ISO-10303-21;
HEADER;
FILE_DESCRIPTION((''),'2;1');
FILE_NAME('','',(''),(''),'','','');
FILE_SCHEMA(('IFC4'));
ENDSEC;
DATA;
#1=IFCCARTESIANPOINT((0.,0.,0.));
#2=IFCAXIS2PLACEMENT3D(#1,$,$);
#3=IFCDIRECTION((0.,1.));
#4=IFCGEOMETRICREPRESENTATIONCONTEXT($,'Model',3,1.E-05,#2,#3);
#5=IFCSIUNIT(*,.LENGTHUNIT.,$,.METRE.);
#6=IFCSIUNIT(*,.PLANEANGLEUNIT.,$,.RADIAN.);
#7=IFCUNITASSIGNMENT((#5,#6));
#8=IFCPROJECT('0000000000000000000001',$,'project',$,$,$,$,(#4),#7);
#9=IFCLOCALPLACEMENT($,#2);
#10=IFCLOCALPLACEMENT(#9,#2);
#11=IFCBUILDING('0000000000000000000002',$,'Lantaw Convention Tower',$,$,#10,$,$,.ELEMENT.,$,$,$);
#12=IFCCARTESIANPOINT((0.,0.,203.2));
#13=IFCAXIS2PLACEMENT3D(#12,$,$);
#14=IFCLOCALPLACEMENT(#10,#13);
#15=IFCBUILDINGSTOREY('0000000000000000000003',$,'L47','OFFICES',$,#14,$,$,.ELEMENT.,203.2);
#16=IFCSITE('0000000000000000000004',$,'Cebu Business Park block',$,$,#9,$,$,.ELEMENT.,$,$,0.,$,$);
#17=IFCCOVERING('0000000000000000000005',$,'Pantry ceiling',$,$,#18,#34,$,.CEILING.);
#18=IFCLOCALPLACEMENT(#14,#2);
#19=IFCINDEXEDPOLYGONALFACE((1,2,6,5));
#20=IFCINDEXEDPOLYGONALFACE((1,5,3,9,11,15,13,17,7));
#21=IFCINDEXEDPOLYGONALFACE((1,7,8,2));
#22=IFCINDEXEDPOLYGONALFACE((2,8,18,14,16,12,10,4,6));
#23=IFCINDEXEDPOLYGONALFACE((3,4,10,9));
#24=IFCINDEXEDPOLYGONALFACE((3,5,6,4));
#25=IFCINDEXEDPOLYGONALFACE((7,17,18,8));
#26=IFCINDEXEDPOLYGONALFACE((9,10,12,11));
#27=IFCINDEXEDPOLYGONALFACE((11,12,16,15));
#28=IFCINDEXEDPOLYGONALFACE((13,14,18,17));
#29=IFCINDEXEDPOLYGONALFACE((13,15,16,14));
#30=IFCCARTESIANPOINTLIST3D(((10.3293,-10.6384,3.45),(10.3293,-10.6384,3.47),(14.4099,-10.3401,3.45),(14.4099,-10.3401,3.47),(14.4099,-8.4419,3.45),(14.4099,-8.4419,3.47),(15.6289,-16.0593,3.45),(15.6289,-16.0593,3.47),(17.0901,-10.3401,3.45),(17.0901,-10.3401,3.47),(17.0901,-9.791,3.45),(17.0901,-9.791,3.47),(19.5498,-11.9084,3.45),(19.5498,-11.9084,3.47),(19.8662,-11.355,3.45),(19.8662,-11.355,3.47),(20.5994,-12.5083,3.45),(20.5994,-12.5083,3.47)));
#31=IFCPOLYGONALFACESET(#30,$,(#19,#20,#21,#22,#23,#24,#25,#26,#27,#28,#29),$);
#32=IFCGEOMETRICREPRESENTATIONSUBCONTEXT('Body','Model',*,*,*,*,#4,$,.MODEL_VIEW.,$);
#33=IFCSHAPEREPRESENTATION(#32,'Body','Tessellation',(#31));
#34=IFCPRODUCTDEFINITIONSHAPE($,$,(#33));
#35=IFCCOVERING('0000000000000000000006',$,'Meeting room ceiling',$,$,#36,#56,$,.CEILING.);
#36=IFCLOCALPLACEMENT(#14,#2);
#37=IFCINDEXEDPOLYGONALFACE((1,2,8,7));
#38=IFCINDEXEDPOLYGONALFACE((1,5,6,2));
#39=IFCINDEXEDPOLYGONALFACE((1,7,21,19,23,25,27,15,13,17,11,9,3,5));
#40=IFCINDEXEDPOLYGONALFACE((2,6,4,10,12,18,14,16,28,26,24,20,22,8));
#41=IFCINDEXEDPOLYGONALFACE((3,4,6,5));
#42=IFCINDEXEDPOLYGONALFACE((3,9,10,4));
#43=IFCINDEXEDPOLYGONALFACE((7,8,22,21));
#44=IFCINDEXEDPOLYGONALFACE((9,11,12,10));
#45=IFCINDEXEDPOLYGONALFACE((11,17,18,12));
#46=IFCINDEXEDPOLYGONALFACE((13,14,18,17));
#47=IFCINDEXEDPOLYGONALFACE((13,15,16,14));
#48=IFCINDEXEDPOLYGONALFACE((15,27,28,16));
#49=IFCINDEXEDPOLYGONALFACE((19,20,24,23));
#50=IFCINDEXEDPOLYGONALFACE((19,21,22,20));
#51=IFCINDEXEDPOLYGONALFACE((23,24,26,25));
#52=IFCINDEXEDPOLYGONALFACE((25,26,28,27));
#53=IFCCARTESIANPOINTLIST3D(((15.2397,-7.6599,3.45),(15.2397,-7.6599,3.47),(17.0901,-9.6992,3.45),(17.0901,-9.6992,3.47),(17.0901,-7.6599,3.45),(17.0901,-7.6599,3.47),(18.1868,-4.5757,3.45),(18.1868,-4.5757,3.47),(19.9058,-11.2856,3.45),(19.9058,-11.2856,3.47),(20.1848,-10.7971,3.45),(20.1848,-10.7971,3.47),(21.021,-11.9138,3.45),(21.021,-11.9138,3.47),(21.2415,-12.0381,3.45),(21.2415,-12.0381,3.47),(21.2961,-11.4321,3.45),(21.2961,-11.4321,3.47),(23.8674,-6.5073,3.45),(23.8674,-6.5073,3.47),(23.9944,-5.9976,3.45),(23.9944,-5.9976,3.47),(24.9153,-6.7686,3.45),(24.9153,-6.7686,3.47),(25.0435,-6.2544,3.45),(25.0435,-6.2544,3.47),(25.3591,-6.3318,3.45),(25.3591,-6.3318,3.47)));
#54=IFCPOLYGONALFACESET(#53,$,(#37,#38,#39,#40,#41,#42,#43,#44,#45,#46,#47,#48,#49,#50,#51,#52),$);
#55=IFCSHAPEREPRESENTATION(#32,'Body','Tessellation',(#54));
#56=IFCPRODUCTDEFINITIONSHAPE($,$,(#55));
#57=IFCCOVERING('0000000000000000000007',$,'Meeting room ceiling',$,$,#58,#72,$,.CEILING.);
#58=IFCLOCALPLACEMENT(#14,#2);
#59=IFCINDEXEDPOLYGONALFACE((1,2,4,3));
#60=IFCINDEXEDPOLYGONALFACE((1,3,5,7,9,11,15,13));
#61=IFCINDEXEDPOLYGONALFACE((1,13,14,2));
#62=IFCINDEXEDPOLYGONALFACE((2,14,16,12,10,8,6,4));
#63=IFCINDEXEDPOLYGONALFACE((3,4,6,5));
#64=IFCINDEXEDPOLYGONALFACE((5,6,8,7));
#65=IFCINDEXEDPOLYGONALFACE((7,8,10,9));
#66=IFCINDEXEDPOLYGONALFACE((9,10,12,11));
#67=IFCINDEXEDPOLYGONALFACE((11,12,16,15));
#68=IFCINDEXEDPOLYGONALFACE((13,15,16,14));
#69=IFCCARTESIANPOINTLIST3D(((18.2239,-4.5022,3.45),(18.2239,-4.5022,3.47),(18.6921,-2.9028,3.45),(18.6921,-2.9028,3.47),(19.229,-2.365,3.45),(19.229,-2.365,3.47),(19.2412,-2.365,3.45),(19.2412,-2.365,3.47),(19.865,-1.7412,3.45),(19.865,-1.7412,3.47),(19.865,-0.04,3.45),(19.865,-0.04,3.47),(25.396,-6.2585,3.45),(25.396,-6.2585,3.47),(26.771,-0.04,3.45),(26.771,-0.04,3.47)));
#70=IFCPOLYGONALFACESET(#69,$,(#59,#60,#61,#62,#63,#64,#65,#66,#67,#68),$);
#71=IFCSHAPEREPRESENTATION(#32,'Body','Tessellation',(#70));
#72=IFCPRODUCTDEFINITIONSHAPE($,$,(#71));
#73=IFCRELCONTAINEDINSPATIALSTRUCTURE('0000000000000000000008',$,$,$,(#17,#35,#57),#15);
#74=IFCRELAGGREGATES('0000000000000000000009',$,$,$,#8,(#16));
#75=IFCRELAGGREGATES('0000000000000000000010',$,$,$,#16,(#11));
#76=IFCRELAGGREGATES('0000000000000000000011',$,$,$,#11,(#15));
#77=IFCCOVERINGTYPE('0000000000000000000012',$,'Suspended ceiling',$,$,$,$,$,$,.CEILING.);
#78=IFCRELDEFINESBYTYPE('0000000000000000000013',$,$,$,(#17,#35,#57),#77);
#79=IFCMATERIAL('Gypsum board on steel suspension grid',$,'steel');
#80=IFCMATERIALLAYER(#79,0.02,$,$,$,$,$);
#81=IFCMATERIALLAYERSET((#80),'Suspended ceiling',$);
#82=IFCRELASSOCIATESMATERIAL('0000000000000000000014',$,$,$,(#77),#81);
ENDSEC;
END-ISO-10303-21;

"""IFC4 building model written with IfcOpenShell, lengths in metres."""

from ifc_helpers import new_model, si_unit, direction, frame, origin, place, context, subcontext, project, spatial, polyline, outline, extrude, material, layer, layer_set, type_object, element, save


model = new_model("IFC4")

# Units and contexts
model_context = context("Model", 3, precision=1e-05, world=origin(), true_north=direction((0.0, 1.0)))
body_context = subcontext(model_context, "Body", "Model", "MODEL_VIEW")
ifc_project = project(units=[si_unit("LENGTHUNIT", "METRE"), si_unit("PLANEANGLEUNIT", "RADIAN")], contexts=[model_context])

# Site, building, storey
site_placement = place(None, origin())
site = spatial("IfcSite", under=ifc_project, at=site_placement, Name="Cebu Business Park block", CompositionType="ELEMENT", RefElevation=0.0)
building_placement = place(site_placement, origin())
building = spatial("IfcBuilding", under=site, at=building_placement, Name="Lantaw Convention Tower", CompositionType="ELEMENT")
storey_placement = place(building_placement, frame((0.0, 0.0, 203.2)))
storey = spatial("IfcBuildingStorey", under=building, at=storey_placement, Name="L47", Description="OFFICES", CompositionType="ELEMENT", Elevation=203.2)

# Coverings
ifc_material_1 = material(Name="Gypsum board on steel suspension grid", Category="steel")
ifc_layer_1 = layer(ifc_material_1, 0.02)
ifc_layer_set_1 = layer_set([ifc_layer_1], Name="Suspended ceiling")
covering_type = type_object("IfcCoveringType", Name="Suspended ceiling", PredefinedType="CEILING", material=ifc_layer_set_1)
covering_1_placement = place(storey_placement, frame((0.0, 0.0, 3.45)))
element("IfcCovering", 1, at=covering_1_placement, inside=storey, type_object=covering_type, Name="Pantry ceiling", PredefinedType="CEILING", context=body_context, shape_type="SweptSolid", body=[
    extrude(outline(polyline([(14.4099, -8.4419), (10.3293, -10.6384), (15.6289, -16.0593), (20.5994, -12.5083), (19.5498, -11.9084), (19.8662, -11.355), (17.0901, -9.791), (17.0901, -10.3401), (14.4099, -10.3401), (14.4099, -8.4419)])), origin(), (0.0, 0.0, 1.0), 0.02),
])
covering_2_placement = place(storey_placement, frame((0.0, 0.0, 3.45)))
element("IfcCovering", 2, at=covering_2_placement, inside=storey, type_object=covering_type, Name="Meeting room ceiling", PredefinedType="CEILING", context=body_context, shape_type="SweptSolid", body=[
    extrude(outline(polyline([(18.1868, -4.5757), (15.2397, -7.6599), (17.0901, -7.6599), (17.0901, -9.6992), (19.9058, -11.2856), (20.1848, -10.7971), (21.2961, -11.4321), (21.021, -11.9138), (21.2415, -12.0381), (25.3591, -6.3318), (25.0435, -6.2544), (24.9153, -6.7686), (23.8674, -6.5073), (23.9944, -5.9976), (18.1868, -4.5757)])), origin(), (0.0, 0.0, 1.0), 0.02),
])
covering_3_placement = place(storey_placement, frame((0.0, 0.0, 3.45)))
element("IfcCovering", 3, at=covering_3_placement, inside=storey, type_object=covering_type, Name="Meeting room ceiling", PredefinedType="CEILING", context=body_context, shape_type="SweptSolid", body=[
    extrude(outline(polyline([(19.229, -2.365), (18.6921, -2.9028), (18.2239, -4.5022), (25.396, -6.2585), (26.771, -0.04), (19.865, -0.04), (19.865, -1.7412), (19.2412, -2.365), (19.229, -2.365)])), origin(), (0.0, 0.0, 1.0), 0.02),
])

save(model, "model.ifc")
